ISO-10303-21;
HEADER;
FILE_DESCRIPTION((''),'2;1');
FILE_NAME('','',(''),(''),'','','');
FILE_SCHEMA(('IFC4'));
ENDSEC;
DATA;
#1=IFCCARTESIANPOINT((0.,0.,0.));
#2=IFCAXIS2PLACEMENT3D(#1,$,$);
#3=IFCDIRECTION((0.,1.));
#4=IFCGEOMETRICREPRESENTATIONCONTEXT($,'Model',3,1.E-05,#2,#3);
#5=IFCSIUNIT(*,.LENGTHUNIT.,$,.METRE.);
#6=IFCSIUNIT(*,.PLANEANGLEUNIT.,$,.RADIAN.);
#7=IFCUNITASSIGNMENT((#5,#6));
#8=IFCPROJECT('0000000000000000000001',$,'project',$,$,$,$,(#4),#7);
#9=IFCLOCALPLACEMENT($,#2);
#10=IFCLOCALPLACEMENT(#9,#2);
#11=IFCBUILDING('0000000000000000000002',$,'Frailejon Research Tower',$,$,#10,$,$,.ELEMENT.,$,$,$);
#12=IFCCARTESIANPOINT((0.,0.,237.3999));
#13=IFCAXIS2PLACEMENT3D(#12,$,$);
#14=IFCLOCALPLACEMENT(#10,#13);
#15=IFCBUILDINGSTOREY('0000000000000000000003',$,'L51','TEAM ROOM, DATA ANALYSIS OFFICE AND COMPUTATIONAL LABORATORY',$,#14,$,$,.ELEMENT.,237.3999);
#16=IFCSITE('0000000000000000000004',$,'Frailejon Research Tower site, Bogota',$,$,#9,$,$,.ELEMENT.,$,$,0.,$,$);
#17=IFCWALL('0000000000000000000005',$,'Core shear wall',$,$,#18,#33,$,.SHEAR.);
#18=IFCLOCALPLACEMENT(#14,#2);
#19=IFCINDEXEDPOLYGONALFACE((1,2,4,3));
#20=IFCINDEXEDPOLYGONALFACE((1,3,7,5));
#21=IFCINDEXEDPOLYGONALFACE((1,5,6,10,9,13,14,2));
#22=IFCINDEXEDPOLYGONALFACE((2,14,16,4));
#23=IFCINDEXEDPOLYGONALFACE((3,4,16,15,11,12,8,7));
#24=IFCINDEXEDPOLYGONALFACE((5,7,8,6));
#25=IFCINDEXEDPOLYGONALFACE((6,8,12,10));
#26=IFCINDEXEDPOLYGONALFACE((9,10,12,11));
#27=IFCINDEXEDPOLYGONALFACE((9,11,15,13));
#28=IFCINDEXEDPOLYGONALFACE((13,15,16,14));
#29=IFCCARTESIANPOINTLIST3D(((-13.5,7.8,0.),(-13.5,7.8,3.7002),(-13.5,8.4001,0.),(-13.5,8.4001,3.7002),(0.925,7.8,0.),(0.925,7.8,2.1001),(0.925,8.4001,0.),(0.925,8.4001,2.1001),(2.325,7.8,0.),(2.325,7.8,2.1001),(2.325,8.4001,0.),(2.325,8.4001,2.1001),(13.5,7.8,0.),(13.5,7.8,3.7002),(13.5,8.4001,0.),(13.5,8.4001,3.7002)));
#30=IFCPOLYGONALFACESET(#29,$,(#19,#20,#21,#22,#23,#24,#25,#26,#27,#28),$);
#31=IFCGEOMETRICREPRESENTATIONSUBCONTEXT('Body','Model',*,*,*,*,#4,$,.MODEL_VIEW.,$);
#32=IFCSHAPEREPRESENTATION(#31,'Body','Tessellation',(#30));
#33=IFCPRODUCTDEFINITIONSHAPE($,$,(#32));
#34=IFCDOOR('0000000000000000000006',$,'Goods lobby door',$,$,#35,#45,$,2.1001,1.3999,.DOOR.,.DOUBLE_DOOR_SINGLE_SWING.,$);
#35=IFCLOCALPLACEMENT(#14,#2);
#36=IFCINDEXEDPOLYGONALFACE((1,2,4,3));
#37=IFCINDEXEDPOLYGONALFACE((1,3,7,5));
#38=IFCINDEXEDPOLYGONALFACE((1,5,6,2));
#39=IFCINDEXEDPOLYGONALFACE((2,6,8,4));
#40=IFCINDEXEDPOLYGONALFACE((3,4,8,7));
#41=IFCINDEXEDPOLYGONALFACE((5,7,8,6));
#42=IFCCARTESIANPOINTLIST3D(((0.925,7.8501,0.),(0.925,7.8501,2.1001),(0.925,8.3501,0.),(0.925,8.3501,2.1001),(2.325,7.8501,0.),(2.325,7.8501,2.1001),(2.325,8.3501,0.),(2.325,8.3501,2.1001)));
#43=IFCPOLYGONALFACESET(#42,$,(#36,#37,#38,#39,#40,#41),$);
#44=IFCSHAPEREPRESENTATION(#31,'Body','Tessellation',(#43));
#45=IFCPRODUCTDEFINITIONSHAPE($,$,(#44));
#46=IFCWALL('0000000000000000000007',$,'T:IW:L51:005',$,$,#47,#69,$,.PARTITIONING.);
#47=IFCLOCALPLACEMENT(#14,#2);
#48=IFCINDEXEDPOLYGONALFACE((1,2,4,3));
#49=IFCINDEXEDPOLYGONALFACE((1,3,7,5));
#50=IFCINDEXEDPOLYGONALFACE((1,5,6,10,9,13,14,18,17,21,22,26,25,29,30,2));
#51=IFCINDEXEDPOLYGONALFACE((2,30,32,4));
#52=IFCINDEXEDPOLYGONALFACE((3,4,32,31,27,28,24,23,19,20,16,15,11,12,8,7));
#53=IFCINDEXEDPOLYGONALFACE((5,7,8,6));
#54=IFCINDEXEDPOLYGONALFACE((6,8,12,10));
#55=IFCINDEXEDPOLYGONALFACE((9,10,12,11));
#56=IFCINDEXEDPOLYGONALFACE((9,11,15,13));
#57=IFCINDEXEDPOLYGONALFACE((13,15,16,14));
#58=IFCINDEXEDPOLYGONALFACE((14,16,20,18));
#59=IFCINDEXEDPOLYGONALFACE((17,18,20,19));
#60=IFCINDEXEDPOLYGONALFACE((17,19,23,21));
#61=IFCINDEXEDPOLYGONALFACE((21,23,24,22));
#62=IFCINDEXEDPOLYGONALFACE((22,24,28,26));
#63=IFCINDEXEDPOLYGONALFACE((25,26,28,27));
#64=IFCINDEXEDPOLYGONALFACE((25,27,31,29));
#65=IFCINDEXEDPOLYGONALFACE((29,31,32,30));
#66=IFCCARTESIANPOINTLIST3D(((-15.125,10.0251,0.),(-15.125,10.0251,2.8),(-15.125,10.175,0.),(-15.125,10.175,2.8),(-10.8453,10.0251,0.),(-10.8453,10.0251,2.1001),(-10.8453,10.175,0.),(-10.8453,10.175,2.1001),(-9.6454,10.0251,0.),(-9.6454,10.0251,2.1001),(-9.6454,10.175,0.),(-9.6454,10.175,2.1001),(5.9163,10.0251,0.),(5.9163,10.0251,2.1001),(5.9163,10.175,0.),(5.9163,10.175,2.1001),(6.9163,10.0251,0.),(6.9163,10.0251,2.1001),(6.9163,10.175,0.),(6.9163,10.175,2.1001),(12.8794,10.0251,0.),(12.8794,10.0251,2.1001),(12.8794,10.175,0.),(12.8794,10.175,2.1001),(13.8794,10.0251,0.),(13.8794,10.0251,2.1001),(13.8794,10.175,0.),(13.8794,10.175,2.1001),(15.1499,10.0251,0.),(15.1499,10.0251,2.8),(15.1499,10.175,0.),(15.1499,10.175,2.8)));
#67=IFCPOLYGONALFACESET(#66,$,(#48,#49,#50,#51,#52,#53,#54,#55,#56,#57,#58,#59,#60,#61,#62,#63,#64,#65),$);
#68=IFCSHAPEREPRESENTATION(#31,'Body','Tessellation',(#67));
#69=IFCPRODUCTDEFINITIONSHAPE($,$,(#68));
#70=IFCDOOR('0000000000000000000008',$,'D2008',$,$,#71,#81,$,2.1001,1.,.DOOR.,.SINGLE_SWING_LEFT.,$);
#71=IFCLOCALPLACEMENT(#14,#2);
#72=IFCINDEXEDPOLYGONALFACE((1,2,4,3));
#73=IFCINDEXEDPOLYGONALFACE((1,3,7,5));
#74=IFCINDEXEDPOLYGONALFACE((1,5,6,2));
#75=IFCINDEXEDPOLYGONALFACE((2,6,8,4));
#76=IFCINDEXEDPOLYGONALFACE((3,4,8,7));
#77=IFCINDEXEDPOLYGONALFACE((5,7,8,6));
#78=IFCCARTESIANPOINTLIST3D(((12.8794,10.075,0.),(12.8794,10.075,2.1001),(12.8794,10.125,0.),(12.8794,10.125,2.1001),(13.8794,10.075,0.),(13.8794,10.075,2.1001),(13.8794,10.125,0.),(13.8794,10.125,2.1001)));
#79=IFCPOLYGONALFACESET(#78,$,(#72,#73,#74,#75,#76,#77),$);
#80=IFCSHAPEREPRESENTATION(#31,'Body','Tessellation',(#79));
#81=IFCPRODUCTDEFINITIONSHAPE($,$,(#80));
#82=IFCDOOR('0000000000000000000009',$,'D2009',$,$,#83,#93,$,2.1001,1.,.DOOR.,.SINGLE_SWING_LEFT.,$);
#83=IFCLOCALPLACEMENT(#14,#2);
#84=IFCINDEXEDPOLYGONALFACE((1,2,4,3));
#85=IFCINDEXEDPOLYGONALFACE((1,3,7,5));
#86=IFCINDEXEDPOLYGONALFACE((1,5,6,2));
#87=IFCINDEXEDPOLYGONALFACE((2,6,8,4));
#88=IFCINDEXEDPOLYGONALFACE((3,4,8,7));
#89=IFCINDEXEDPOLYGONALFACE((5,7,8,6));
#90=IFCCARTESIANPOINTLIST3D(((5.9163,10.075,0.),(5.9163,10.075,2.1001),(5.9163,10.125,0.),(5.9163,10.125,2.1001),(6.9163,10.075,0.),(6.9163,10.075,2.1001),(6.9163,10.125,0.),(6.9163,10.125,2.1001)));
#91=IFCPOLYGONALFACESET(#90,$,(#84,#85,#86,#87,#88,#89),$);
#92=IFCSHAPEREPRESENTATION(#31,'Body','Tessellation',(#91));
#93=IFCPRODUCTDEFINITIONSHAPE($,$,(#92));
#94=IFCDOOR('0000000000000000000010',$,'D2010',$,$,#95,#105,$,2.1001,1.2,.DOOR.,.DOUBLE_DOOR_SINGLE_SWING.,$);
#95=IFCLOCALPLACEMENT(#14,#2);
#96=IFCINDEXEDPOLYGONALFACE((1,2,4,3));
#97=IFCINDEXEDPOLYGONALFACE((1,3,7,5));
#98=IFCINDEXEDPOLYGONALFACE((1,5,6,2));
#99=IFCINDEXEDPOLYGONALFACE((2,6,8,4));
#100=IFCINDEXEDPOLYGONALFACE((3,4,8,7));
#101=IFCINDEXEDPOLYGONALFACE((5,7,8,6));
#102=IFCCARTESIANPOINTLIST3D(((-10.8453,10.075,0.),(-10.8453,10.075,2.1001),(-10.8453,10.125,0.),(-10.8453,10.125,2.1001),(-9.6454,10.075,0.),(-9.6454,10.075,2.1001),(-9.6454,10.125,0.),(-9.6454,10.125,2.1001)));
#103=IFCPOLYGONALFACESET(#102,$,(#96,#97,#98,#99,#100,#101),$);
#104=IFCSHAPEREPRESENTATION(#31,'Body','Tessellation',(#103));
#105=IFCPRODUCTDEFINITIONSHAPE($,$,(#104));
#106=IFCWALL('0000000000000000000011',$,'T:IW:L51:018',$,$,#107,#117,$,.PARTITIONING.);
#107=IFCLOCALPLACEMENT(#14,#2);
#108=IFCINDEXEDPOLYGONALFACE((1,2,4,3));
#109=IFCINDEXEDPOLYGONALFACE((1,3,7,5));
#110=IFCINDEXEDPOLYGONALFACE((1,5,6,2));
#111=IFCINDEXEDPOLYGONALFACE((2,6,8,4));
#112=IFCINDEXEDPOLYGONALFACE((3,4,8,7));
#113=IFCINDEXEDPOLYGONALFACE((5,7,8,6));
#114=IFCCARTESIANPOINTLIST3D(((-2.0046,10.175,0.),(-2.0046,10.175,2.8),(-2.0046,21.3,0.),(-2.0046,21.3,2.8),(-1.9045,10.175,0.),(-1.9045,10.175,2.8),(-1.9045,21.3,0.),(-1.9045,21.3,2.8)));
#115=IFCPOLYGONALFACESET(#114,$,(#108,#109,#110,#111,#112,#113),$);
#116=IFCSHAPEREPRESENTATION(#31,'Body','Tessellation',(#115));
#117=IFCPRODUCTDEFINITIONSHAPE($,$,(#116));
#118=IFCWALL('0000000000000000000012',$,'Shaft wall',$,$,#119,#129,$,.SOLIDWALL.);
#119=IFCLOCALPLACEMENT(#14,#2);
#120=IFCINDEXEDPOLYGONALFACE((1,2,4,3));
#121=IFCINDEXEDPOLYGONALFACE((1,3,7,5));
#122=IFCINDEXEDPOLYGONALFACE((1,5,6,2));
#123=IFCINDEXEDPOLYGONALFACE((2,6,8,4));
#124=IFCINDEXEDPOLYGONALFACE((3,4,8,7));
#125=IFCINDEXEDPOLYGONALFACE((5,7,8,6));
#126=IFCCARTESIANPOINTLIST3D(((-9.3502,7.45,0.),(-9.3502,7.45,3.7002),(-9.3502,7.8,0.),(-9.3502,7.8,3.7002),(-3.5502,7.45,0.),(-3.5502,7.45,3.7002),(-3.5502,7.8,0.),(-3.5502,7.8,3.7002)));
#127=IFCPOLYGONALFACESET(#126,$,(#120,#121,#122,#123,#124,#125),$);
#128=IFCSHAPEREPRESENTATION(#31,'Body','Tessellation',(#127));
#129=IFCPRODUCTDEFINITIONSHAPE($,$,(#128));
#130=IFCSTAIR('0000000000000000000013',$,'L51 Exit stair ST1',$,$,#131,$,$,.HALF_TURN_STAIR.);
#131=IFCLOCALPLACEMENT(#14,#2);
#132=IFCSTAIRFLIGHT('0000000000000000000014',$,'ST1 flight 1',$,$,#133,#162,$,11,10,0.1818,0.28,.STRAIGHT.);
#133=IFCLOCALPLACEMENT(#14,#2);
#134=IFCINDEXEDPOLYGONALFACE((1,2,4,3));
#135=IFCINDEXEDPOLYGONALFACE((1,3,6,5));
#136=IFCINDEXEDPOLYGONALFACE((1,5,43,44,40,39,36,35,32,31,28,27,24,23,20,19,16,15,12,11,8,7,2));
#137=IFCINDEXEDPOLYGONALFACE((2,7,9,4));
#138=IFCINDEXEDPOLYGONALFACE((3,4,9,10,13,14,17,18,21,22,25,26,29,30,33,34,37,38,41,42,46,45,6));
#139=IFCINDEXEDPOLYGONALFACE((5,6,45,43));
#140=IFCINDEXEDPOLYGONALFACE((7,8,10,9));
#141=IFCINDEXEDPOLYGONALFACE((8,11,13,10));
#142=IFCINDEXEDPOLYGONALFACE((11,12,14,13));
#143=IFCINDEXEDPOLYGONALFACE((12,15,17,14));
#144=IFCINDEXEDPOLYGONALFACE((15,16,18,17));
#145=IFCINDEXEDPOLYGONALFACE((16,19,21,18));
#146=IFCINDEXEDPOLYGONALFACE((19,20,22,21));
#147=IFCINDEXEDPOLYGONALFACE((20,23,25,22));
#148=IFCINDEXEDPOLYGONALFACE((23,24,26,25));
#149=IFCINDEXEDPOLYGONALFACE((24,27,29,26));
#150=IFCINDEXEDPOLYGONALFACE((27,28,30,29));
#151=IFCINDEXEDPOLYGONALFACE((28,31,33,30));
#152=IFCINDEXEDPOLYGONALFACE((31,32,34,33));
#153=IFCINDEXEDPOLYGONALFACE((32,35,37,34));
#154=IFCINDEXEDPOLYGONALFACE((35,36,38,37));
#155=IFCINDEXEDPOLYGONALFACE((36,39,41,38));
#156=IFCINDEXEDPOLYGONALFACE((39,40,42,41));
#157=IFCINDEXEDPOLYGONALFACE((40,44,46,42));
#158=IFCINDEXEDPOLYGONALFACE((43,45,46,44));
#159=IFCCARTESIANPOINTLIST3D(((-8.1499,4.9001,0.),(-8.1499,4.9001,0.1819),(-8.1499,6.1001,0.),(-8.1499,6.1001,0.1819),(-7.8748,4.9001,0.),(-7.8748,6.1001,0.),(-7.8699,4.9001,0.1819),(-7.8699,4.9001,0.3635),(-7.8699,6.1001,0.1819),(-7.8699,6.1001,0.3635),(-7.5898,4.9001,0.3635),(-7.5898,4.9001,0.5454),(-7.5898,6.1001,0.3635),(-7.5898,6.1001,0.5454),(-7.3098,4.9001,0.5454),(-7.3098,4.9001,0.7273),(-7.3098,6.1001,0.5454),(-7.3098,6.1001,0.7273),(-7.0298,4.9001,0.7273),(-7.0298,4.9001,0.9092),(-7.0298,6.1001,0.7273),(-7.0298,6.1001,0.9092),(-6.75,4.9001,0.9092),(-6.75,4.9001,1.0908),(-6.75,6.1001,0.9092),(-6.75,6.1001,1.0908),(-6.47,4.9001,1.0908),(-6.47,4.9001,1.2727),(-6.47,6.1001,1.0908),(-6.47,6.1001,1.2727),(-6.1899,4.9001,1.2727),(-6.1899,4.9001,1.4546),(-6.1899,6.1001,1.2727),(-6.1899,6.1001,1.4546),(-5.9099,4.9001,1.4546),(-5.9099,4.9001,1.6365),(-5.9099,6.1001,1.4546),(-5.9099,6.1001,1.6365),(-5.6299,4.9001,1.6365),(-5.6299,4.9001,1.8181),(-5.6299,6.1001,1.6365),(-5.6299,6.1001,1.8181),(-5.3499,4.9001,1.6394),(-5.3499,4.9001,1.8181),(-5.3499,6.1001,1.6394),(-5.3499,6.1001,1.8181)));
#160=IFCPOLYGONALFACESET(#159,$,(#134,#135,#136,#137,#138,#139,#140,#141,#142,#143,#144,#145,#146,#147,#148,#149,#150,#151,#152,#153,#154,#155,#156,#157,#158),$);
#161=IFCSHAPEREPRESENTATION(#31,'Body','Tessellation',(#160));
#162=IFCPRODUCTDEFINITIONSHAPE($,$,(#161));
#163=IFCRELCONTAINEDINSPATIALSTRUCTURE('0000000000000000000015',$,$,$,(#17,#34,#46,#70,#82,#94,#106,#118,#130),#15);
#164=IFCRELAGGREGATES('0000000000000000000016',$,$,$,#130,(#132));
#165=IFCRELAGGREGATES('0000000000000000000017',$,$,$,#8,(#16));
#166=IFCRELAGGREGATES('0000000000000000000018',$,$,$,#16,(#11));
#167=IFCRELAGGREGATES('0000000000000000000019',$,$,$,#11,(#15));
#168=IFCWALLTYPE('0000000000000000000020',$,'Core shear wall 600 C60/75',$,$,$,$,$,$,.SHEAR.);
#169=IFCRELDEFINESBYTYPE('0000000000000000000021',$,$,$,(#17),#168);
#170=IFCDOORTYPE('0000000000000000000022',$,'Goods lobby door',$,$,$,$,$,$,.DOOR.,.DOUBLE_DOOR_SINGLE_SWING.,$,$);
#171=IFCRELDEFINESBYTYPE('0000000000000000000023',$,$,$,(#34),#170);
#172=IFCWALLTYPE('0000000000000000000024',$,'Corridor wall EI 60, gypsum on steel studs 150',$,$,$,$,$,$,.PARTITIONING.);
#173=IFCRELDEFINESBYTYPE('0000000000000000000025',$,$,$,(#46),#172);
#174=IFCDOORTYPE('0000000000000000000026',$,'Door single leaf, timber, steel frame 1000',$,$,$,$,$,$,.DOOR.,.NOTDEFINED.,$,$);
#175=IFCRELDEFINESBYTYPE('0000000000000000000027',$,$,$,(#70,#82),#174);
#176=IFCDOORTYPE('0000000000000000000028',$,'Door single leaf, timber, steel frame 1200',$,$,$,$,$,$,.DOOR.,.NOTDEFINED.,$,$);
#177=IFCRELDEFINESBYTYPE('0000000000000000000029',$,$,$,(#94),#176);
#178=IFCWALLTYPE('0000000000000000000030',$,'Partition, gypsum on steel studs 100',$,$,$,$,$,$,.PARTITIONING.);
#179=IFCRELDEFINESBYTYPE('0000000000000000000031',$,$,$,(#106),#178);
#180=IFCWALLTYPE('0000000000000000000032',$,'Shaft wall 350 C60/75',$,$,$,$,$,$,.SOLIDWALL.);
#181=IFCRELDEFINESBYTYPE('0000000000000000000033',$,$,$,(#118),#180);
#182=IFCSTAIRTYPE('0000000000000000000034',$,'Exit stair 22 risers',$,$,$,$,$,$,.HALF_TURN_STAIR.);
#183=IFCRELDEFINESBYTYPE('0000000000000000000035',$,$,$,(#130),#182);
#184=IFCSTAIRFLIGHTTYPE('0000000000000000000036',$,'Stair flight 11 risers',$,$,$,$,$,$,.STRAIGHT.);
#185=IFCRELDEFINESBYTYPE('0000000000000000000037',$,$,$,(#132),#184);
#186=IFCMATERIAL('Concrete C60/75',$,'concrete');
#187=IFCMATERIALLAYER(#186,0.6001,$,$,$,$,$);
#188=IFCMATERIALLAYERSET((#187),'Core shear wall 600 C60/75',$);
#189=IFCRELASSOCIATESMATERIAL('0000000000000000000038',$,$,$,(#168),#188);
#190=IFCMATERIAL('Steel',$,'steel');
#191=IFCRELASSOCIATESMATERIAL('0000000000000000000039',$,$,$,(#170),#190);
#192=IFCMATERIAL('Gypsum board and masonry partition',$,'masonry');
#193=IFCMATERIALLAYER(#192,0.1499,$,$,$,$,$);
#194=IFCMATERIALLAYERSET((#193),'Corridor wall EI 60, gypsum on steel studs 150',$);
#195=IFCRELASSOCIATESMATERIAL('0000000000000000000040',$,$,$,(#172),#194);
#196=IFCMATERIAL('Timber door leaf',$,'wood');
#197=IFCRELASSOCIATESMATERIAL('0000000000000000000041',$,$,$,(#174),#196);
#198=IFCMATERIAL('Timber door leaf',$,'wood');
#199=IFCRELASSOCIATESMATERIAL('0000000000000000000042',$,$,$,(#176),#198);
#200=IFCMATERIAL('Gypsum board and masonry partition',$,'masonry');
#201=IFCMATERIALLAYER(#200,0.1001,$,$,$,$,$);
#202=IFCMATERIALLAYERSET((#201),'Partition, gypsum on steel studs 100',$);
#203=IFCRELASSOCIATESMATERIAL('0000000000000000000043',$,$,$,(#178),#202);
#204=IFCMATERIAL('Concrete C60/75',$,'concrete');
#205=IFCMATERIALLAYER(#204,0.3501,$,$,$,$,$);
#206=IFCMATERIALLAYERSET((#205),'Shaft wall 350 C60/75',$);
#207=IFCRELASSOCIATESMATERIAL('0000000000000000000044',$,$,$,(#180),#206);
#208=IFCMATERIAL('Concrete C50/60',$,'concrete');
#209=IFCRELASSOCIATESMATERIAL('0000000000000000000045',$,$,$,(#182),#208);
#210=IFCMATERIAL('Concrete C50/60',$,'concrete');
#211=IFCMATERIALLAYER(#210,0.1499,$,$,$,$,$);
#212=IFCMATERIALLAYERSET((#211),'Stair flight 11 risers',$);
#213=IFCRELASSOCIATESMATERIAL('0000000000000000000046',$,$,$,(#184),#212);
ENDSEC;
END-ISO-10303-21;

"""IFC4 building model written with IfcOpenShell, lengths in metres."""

from ifc_helpers import new_model, si_unit, direction, frame, frame_2d, origin, place, context, subcontext, project, spatial, polyline, rectangle, outline, extrude, material, layer, layer_set, type_object, element, fill, aggregate, save


model = new_model("IFC4")

# Units and contexts
model_context = context("Model", 3, precision=1e-05, world=origin(), true_north=direction((0.0, 1.0)))
body_context = subcontext(model_context, "Body", "Model", "MODEL_VIEW")
ifc_project = project(units=[si_unit("LENGTHUNIT", "METRE"), si_unit("PLANEANGLEUNIT", "RADIAN")], contexts=[model_context])

# Site, building, storey
site_placement = place(None, origin())
site = spatial("IfcSite", under=ifc_project, at=site_placement, Name="Frailejon Research Tower site, Bogota", CompositionType="ELEMENT", RefElevation=0.0)
building_placement = place(site_placement, origin())
building = spatial("IfcBuilding", under=site, at=building_placement, Name="Frailejon Research Tower", CompositionType="ELEMENT")
storey_placement = place(building_placement, frame((0.0, 0.0, 237.3999)))
storey = spatial("IfcBuildingStorey", under=building, at=storey_placement, Name="L51", Description="TEAM ROOM, DATA ANALYSIS OFFICE AND COMPUTATIONAL LABORATORY", CompositionType="ELEMENT", Elevation=237.3999)

# Wall, opening, door
ifc_material_1 = material(Name="Concrete C60/75", Category="concrete")
ifc_layer_1 = layer(ifc_material_1, 0.6001)
ifc_layer_set_1 = layer_set([ifc_layer_1], Name="Core shear wall 600 C60/75")
wall_type_1 = type_object("IfcWallType", Name="Core shear wall 600 C60/75", PredefinedType="SHEAR", material=ifc_layer_set_1)
wall_1_placement = place(storey_placement, frame((-13.5, 8.1001, 0.0), z_axis=(0.0, 0.0, 1.0), x_axis=(1.0, 0.0, 0.0)))
wall_1 = element("IfcWall", 1, at=wall_1_placement, inside=storey, type_object=wall_type_1, Name="Core shear wall", PredefinedType="SHEAR", context=body_context, shape_type="SweptSolid", body=[
    extrude(rectangle(XDim=27.0, YDim=0.6001, at=frame_2d((13.5, 0.0))), origin(), (0.0, 0.0, 1.0), 3.7002),
])
opening_1_placement = place(wall_1_placement, frame((14.425, 0.0, 0.0)))
opening_1 = element("IfcOpeningElement", 2, at=opening_1_placement, cuts=wall_1, PredefinedType="OPENING", context=body_context, shape_type="SweptSolid", body=[
    extrude(rectangle(XDim=1.3999, YDim=2.1001, at=frame_2d((0.7, 1.05))), frame((0.0, 0.3101, 0.0), z_axis=(0.0, -1.0, 0.0), x_axis=(1.0, 0.0, 0.0)), (0.0, 0.0, 1.0), 0.6201),
])
ifc_material_2 = material(Name="Steel", Category="steel")
door_type_1 = type_object("IfcDoorType", Name="Goods lobby door", OperationType="DOUBLE_DOOR_SINGLE_SWING", PredefinedType="DOOR", material=ifc_material_2)
door_1_placement = place(opening_1_placement, origin())
door_1 = element("IfcDoor", 3, at=door_1_placement, inside=storey, type_object=door_type_1, Name="Goods lobby door", OperationType="DOUBLE_DOOR_SINGLE_SWING", OverallHeight=2.1001, OverallWidth=1.3999, PredefinedType="DOOR", context=body_context, shape_type="SweptSolid", body=[
    extrude(rectangle(XDim=1.3999, YDim=2.1001, at=frame_2d((0.7, 1.05))), frame((0.0, 0.25, 0.0), z_axis=(0.0, -1.0, 0.0), x_axis=(1.0, 0.0, 0.0)), (0.0, 0.0, 1.0), 0.5),
])
fill(opening_1, door_1)

# Wall, openings, doors
ifc_material_3 = material(Name="Gypsum board and masonry partition", Category="masonry")
ifc_layer_2 = layer(ifc_material_3, 0.1499)
ifc_layer_set_2 = layer_set([ifc_layer_2], Name="Corridor wall EI 60, gypsum on steel studs 150")
wall_type_2 = type_object("IfcWallType", Name="Corridor wall EI 60, gypsum on steel studs 150", PredefinedType="PARTITIONING", material=ifc_layer_set_2)
wall_2_placement = place(storey_placement, frame((-15.125, 10.1001, 0.0), z_axis=(0.0, 0.0, 1.0), x_axis=(1.0, 0.0, 0.0)))
wall_2 = element("IfcWall", 4, at=wall_2_placement, inside=storey, type_object=wall_type_2, Name="T:IW:L51:005", PredefinedType="PARTITIONING", context=body_context, shape_type="SweptSolid", body=[
    extrude(rectangle(XDim=30.2749, YDim=0.1499, at=frame_2d((15.1375, 0.0))), origin(), (0.0, 0.0, 1.0), 2.8),
])
opening_2_placement = place(wall_2_placement, frame((28.0044, 0.0, 0.0)))
opening_2 = element("IfcOpeningElement", 5, at=opening_2_placement, cuts=wall_2, PredefinedType="OPENING", context=body_context, shape_type="SweptSolid", body=[
    extrude(rectangle(XDim=1.0, YDim=2.1001, at=frame_2d((0.5, 1.05))), frame((0.0, 0.085, 0.0), z_axis=(0.0, -1.0, 0.0), x_axis=(1.0, 0.0, 0.0)), (0.0, 0.0, 1.0), 0.1699),
])
opening_3_placement = place(wall_2_placement, frame((21.0413, 0.0, 0.0)))
opening_3 = element("IfcOpeningElement", 6, at=opening_3_placement, cuts=wall_2, PredefinedType="OPENING", context=body_context, shape_type="SweptSolid", body=[
    extrude(rectangle(XDim=1.0, YDim=2.1001, at=frame_2d((0.5, 1.05))), frame((0.0, 0.085, 0.0), z_axis=(0.0, -1.0, 0.0), x_axis=(1.0, 0.0, 0.0)), (0.0, 0.0, 1.0), 0.1699),
])
opening_4_placement = place(wall_2_placement, frame((4.2795, 0.0, 0.0)))
opening_4 = element("IfcOpeningElement", 7, at=opening_4_placement, cuts=wall_2, PredefinedType="OPENING", context=body_context, shape_type="SweptSolid", body=[
    extrude(rectangle(XDim=1.2, YDim=2.1001, at=frame_2d((0.6001, 1.05))), frame((0.0, 0.085, 0.0), z_axis=(0.0, -1.0, 0.0), x_axis=(1.0, 0.0, 0.0)), (0.0, 0.0, 1.0), 0.1699),
])
ifc_material_4 = material(Name="Timber door leaf", Category="wood")
door_type_2 = type_object("IfcDoorType", Name="Door single leaf, timber, steel frame 1000", OperationType="NOTDEFINED", PredefinedType="DOOR", material=ifc_material_4)
door_2_placement = place(opening_2_placement, origin())
door_2 = element("IfcDoor", 8, at=door_2_placement, inside=storey, type_object=door_type_2, Name="D2008", OperationType="SINGLE_SWING_LEFT", OverallHeight=2.1001, OverallWidth=1.0, PredefinedType="DOOR", context=body_context, shape_type="SweptSolid", body=[
    extrude(rectangle(XDim=1.0, YDim=2.1001, at=frame_2d((0.5, 1.05))), frame((0.0, 0.0249, 0.0), z_axis=(0.0, -1.0, 0.0), x_axis=(1.0, 0.0, 0.0)), (0.0, 0.0, 1.0), 0.05),
])
fill(opening_2, door_2)
door_3_placement = place(opening_3_placement, origin())
door_3 = element("IfcDoor", 9, at=door_3_placement, inside=storey, type_object=door_type_2, Name="D2009", OperationType="SINGLE_SWING_LEFT", OverallHeight=2.1001, OverallWidth=1.0, PredefinedType="DOOR", context=body_context, shape_type="SweptSolid", body=[
    extrude(rectangle(XDim=1.0, YDim=2.1001, at=frame_2d((0.5, 1.05))), frame((0.0, 0.0249, 0.0), z_axis=(0.0, -1.0, 0.0), x_axis=(1.0, 0.0, 0.0)), (0.0, 0.0, 1.0), 0.05),
])
fill(opening_3, door_3)
ifc_material_5 = material(Name="Timber door leaf", Category="wood")
door_type_3 = type_object("IfcDoorType", Name="Door single leaf, timber, steel frame 1200", OperationType="NOTDEFINED", PredefinedType="DOOR", material=ifc_material_5)
door_4_placement = place(opening_4_placement, origin())
door_4 = element("IfcDoor", 10, at=door_4_placement, inside=storey, type_object=door_type_3, Name="D2010", OperationType="DOUBLE_DOOR_SINGLE_SWING", OverallHeight=2.1001, OverallWidth=1.2, PredefinedType="DOOR", context=body_context, shape_type="SweptSolid", body=[
    extrude(rectangle(XDim=1.2, YDim=2.1001, at=frame_2d((0.6001, 1.05))), frame((0.0, 0.0249, 0.0), z_axis=(0.0, -1.0, 0.0), x_axis=(1.0, 0.0, 0.0)), (0.0, 0.0, 1.0), 0.05),
])
fill(opening_4, door_4)

# Walls
ifc_material_6 = material(Name="Gypsum board and masonry partition", Category="masonry")
ifc_layer_3 = layer(ifc_material_6, 0.1001)
ifc_layer_set_3 = layer_set([ifc_layer_3], Name="Partition, gypsum on steel studs 100")
wall_type_3 = type_object("IfcWallType", Name="Partition, gypsum on steel studs 100", PredefinedType="PARTITIONING", material=ifc_layer_set_3)
wall_3_placement = place(storey_placement, frame((-1.9546, 10.175, 0.0), z_axis=(0.0, 0.0, 1.0), x_axis=(0.0, 1.0, 0.0)))
element("IfcWall", 11, at=wall_3_placement, inside=storey, type_object=wall_type_3, Name="T:IW:L51:018", PredefinedType="PARTITIONING", context=body_context, shape_type="SweptSolid", body=[
    extrude(rectangle(XDim=11.125, YDim=0.1001, at=frame_2d((5.5625, 0.0))), origin(), (0.0, 0.0, 1.0), 2.8),
])
ifc_material_7 = material(Name="Concrete C60/75", Category="concrete")
ifc_layer_4 = layer(ifc_material_7, 0.3501)
ifc_layer_set_4 = layer_set([ifc_layer_4], Name="Shaft wall 350 C60/75")
wall_type_4 = type_object("IfcWallType", Name="Shaft wall 350 C60/75", PredefinedType="SOLIDWALL", material=ifc_layer_set_4)
wall_4_placement = place(storey_placement, frame((-9.3501, 7.625, 0.0), z_axis=(0.0, 0.0, 1.0), x_axis=(1.0, 0.0, 0.0)))
element("IfcWall", 12, at=wall_4_placement, inside=storey, type_object=wall_type_4, Name="Shaft wall", PredefinedType="SOLIDWALL", context=body_context, shape_type="SweptSolid", body=[
    extrude(rectangle(XDim=5.8, YDim=0.3501, at=frame_2d((2.8999, 0.0))), origin(), (0.0, 0.0, 1.0), 3.7002),
])

# Stair, stair flight
ifc_material_8 = material(Name="Concrete C50/60", Category="concrete")
stair_type = type_object("IfcStairType", Name="Exit stair 22 risers", PredefinedType="HALF_TURN_STAIR", material=ifc_material_8)
stair_placement = place(storey_placement, origin())
stair = element("IfcStair", 13, at=stair_placement, inside=storey, type_object=stair_type, Name="L51 Exit stair ST1", PredefinedType="HALF_TURN_STAIR")
ifc_material_9 = material(Name="Concrete C50/60", Category="concrete")
ifc_layer_5 = layer(ifc_material_9, 0.1499)
ifc_layer_set_5 = layer_set([ifc_layer_5], Name="Stair flight 11 risers")
stair_flight_type = type_object("IfcStairFlightType", Name="Stair flight 11 risers", PredefinedType="STRAIGHT", material=ifc_layer_set_5)
stair_flight_1_placement = place(storey_placement, frame((-8.1499, 5.5, 0.0), z_axis=(0.0, 0.0, 1.0), x_axis=(1.0, 0.0, 0.0)))
stair_flight_1 = element("IfcStairFlight", 14, at=stair_flight_1_placement, type_object=stair_flight_type, Name="ST1 flight 1", NumberOfRisers=11, NumberOfTreads=10, PredefinedType="STRAIGHT", RiserHeight=0.1818, TreadLength=0.28, context=body_context, shape_type="SweptSolid", body=[
    extrude(outline(polyline([(0.0, 0.0), (0.0, 0.1819), (0.28, 0.1819), (0.28, 0.3635), (0.5601, 0.3635), (0.5601, 0.5454), (0.8401, 0.5454), (0.8401, 0.7273), (1.1201, 0.7273), (1.1201, 0.9092), (1.3999, 0.9092), (1.3999, 1.0908), (1.6799, 1.0908), (1.6799, 1.2727), (1.96, 1.2727), (1.96, 1.4546), (2.24, 1.4546), (2.24, 1.6365), (2.52, 1.6365), (2.52, 1.8181), (2.8, 1.8181), (2.8, 2.0), (2.8, 1.6394), (0.2751, 0.0), (0.0, 0.0)])), frame((0.0, 0.6001, 0.0), z_axis=(0.0, -1.0, 0.0), x_axis=(1.0, 0.0, 0.0)), (0.0, 0.0, 1.0), 1.2),
])
aggregate(stair, [stair_flight_1])

save(model, "model.ifc")
